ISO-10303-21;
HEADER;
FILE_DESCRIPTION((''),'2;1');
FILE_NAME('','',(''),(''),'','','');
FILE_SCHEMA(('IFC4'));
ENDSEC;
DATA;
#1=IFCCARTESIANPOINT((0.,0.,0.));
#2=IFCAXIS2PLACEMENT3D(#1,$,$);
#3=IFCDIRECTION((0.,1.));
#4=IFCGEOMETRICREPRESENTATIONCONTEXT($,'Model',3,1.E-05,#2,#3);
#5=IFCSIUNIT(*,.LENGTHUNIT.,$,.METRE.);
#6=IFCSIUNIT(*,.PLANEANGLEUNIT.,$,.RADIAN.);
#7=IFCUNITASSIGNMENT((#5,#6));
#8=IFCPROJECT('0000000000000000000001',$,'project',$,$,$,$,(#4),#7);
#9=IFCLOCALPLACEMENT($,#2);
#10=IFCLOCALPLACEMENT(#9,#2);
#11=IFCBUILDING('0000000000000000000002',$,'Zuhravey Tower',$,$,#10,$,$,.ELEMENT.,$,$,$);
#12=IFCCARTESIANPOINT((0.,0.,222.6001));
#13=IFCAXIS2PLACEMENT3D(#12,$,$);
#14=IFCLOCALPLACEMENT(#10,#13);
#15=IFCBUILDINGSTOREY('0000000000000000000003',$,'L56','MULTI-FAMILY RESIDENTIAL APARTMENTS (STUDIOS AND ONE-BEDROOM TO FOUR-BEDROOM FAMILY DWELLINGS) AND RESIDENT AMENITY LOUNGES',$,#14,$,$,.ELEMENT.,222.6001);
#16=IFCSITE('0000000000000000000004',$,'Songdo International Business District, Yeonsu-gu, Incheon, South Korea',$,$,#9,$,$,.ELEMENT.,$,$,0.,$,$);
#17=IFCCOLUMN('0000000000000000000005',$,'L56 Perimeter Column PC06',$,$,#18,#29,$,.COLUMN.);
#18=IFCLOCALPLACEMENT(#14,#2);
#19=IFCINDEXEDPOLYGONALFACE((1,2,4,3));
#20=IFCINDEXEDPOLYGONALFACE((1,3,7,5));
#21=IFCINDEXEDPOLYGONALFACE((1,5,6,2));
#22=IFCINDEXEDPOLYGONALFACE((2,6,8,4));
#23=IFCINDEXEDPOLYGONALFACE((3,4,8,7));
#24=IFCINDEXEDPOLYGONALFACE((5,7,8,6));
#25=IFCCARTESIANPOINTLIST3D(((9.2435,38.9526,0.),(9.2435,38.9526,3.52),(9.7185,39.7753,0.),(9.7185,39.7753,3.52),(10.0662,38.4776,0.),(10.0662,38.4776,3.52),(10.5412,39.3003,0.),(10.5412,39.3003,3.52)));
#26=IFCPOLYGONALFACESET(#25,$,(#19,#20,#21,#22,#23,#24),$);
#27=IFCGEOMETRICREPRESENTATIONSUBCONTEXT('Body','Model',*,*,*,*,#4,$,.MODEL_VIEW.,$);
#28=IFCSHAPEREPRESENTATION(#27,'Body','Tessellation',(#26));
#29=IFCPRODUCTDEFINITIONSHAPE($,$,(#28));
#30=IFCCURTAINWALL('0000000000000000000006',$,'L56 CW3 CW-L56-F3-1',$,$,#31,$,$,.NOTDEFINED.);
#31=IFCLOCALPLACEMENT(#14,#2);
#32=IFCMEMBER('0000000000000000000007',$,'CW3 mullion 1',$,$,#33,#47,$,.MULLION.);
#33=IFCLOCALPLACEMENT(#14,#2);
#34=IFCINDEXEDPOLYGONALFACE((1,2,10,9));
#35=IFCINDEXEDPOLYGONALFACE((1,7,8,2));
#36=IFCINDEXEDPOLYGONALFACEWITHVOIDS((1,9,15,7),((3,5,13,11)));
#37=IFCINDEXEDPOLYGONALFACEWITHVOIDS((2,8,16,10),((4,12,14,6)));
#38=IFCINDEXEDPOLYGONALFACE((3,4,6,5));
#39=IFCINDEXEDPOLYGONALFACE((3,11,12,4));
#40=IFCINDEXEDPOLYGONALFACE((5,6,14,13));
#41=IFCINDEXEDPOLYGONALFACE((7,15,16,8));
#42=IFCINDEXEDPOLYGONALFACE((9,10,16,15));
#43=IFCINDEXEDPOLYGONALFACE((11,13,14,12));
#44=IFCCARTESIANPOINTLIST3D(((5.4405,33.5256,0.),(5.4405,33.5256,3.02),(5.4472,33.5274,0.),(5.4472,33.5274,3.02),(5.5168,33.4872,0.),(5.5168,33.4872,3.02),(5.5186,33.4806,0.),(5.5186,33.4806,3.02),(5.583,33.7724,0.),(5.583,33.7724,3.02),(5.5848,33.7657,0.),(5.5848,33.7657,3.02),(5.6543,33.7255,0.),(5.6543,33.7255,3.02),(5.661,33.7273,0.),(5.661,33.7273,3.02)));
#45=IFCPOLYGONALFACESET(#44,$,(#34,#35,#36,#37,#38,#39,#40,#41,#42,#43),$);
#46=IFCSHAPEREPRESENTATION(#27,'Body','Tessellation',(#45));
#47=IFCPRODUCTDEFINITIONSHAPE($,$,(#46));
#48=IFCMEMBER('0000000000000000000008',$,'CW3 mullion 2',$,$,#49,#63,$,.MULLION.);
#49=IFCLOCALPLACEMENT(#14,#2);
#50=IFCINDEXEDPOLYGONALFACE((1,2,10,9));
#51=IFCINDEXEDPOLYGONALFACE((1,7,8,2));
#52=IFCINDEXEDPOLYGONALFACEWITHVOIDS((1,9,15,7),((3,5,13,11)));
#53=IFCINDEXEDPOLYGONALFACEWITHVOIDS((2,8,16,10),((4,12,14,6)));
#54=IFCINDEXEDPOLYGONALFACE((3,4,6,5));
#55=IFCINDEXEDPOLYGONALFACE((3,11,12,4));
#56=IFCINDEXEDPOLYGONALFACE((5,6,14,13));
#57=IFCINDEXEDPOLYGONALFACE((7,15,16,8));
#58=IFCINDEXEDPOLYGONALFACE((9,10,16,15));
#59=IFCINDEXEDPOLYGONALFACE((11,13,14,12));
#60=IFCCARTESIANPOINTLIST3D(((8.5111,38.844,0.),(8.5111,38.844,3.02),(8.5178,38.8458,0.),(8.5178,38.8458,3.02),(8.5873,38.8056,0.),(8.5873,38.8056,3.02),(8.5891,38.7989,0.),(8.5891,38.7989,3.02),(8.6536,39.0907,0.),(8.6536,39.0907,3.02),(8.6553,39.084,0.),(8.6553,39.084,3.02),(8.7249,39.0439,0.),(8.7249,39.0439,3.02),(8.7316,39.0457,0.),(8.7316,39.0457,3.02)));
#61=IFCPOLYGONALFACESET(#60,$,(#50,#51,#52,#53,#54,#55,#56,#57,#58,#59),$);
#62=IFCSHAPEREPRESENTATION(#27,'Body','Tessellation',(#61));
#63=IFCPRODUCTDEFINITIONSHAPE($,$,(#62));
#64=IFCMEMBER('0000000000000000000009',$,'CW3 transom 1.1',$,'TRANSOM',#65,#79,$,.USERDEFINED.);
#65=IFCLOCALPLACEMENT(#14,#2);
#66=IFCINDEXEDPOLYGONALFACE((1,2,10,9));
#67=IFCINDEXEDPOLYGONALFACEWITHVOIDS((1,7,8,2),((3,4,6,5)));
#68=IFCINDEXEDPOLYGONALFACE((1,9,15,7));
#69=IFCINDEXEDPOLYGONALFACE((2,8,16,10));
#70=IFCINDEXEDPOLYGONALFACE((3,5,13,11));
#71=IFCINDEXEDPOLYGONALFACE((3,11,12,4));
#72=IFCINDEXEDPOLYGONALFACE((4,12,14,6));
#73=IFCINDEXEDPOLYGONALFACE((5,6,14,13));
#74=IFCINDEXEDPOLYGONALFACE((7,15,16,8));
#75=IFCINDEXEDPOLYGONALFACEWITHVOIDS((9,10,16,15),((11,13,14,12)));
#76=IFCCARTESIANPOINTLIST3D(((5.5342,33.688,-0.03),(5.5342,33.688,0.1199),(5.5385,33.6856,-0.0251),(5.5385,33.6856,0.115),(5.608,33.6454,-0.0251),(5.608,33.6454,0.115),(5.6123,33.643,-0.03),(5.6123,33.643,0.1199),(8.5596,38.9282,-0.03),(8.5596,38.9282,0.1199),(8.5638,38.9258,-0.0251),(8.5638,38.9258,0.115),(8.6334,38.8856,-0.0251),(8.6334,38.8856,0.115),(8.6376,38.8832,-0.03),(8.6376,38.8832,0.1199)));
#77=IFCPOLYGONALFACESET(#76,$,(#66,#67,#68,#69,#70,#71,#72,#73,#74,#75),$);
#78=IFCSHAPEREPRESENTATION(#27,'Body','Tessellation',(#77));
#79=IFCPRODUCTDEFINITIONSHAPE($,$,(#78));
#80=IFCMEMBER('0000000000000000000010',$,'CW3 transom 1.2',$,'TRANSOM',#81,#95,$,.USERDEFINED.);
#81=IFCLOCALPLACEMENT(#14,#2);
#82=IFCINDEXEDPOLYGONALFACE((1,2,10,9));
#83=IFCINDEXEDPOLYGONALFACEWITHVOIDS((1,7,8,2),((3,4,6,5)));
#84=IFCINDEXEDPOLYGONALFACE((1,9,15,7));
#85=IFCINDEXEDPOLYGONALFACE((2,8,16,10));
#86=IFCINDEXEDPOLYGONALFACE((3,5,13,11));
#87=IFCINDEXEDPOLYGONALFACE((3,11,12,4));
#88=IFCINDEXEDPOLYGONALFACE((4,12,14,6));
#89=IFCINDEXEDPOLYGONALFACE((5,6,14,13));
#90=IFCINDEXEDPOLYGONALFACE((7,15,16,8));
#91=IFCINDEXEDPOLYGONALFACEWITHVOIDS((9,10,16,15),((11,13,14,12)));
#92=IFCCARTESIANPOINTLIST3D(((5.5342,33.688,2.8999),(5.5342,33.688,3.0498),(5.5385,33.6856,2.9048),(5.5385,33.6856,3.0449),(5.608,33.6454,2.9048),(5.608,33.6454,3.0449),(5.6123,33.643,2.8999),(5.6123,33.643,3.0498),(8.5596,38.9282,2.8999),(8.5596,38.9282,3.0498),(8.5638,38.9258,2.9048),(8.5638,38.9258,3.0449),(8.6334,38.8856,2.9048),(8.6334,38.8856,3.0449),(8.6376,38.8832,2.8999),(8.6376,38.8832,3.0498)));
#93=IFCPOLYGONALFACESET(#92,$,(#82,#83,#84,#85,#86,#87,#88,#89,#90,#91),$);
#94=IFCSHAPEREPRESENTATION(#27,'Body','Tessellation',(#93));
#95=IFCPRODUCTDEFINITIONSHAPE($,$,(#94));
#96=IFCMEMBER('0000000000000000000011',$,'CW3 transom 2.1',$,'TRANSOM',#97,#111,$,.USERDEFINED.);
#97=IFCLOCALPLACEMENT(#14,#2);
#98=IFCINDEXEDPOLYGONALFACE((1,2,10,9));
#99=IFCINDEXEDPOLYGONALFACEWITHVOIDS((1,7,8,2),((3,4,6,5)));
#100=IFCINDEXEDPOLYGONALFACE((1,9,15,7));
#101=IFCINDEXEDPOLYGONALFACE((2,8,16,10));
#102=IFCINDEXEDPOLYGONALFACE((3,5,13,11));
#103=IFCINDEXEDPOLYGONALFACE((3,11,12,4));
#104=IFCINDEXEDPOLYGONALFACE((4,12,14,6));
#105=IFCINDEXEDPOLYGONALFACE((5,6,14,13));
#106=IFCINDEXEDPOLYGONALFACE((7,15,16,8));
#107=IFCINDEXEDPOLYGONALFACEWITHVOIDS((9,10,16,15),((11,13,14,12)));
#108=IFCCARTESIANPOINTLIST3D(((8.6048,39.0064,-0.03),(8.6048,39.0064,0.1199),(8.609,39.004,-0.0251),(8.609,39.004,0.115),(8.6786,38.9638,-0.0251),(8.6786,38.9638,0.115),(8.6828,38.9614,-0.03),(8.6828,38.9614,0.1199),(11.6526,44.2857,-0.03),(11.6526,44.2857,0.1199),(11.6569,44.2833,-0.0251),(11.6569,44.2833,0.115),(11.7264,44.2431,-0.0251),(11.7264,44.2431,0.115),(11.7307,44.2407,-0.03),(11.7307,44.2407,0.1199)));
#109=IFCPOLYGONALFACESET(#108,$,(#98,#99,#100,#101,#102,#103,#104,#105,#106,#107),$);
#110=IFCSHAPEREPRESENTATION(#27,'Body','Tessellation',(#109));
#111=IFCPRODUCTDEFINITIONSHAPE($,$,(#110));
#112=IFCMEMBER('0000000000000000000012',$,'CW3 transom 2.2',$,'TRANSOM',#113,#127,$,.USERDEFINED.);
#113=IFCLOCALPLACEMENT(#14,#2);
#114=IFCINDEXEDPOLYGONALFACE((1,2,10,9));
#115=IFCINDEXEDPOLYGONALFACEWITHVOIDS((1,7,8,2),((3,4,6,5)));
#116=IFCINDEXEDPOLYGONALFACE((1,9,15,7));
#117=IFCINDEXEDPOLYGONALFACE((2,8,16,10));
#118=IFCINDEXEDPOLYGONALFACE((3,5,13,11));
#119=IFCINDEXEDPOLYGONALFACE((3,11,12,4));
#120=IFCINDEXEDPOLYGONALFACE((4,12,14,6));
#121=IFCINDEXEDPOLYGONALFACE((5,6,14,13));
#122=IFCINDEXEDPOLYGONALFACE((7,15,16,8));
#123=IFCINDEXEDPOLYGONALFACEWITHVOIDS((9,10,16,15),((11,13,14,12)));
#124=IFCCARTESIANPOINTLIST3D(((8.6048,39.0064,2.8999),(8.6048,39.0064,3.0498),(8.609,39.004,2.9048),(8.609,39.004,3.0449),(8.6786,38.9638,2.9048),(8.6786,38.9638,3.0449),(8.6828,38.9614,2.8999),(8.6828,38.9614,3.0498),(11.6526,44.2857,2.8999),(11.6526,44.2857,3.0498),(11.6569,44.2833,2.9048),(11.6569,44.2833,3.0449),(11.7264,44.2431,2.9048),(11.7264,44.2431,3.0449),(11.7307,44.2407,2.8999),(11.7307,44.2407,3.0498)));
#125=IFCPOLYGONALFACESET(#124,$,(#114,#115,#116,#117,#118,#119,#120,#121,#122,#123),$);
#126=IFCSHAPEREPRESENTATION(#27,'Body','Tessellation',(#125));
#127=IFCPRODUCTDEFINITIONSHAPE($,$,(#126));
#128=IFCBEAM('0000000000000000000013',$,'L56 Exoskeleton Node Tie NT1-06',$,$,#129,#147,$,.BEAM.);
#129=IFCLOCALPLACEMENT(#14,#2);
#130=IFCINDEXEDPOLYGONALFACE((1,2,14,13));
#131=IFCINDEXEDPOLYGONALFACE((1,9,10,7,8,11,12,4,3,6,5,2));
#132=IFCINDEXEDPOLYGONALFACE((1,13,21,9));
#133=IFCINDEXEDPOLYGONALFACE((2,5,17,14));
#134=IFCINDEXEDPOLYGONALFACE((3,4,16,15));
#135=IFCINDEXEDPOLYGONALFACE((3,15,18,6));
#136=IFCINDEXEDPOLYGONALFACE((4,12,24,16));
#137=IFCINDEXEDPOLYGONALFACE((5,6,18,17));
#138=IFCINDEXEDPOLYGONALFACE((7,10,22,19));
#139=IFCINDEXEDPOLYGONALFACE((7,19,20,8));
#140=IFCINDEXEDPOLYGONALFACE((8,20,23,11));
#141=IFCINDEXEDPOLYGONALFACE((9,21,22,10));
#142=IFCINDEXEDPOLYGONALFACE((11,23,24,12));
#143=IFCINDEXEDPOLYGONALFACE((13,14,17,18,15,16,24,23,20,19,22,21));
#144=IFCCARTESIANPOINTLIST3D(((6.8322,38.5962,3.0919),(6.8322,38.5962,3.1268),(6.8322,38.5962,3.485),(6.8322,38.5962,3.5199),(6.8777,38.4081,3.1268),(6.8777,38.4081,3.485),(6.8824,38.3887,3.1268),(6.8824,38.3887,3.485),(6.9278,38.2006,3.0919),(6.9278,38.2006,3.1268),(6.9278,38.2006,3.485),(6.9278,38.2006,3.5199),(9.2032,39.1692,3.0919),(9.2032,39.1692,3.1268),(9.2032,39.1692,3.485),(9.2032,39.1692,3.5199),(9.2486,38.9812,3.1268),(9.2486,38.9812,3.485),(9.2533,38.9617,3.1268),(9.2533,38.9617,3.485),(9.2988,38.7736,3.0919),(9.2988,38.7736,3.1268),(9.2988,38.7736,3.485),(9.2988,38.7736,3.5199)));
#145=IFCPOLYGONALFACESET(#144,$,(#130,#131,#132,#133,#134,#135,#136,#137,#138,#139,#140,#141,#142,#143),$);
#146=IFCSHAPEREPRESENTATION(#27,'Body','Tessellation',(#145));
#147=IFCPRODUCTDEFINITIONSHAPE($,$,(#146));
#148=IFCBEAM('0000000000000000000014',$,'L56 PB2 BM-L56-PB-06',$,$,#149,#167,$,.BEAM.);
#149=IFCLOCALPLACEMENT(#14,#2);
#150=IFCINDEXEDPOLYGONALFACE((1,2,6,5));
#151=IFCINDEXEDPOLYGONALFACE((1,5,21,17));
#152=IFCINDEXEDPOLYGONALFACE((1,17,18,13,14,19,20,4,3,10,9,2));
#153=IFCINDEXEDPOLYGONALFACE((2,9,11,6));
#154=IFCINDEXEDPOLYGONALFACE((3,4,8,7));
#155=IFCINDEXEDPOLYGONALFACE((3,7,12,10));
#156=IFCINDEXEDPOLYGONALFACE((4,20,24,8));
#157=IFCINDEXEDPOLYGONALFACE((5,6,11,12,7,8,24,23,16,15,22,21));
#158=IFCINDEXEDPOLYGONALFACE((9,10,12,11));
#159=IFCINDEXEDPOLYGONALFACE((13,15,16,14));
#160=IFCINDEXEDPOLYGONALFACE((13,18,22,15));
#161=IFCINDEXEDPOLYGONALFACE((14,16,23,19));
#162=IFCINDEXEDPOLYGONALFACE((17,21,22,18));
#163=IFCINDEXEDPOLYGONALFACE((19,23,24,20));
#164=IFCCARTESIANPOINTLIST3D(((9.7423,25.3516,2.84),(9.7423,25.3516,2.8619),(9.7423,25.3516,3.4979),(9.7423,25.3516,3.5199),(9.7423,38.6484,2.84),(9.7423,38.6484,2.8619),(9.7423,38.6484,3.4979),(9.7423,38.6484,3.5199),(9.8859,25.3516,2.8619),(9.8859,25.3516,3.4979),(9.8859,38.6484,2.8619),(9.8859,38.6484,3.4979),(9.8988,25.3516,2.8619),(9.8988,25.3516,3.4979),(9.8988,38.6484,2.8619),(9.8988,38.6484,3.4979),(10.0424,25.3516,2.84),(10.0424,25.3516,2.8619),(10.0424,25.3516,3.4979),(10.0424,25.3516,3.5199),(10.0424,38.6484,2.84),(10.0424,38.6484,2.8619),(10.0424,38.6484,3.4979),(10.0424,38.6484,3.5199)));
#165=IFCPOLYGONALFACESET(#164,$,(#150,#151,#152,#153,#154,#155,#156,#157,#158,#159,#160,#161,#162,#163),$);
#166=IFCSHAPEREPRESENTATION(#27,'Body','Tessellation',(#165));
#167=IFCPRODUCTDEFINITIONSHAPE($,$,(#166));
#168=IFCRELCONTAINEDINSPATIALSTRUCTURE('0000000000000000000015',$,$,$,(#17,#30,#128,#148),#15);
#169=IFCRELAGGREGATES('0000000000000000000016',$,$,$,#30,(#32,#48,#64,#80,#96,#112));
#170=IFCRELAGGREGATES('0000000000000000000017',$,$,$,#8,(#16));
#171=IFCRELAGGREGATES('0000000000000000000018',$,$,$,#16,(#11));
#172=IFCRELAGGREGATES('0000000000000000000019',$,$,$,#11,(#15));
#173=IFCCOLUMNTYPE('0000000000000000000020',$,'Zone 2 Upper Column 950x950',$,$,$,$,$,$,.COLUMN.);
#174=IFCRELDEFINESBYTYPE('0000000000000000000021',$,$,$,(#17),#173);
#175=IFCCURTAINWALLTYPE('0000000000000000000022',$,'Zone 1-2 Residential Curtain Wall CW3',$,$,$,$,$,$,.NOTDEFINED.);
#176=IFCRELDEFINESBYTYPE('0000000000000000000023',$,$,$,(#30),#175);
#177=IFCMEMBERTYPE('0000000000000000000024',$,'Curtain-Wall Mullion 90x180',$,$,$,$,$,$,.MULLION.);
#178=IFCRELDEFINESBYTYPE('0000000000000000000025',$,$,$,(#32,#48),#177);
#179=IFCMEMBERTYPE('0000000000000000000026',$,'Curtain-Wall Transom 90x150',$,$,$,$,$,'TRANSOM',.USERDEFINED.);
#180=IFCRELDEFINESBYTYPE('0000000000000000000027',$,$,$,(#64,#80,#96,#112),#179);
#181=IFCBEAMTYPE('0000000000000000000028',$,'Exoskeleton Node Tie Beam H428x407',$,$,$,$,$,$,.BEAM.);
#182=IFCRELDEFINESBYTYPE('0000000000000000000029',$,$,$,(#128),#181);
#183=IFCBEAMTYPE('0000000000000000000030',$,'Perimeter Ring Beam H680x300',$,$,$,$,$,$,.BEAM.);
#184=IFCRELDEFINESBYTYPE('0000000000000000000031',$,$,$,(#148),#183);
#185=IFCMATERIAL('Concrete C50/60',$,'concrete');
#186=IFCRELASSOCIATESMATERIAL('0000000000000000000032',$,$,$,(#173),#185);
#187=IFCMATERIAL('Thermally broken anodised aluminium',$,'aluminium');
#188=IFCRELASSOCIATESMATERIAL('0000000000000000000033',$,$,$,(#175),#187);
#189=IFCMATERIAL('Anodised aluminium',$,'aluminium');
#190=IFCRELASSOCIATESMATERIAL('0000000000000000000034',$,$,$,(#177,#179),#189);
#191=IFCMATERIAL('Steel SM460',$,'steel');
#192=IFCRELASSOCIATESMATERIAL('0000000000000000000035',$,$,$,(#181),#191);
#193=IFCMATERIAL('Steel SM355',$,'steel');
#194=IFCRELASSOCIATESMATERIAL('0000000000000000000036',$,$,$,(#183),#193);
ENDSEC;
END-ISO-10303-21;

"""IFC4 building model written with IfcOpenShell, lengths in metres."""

from ifc_helpers import new_model, si_unit, direction, frame, origin, origin_2d, place, context, subcontext, project, spatial, rectangle, hollow_rectangle, i_section, extrude, material, material_profile, profile_set, type_object, element, aggregate, save


model = new_model("IFC4")

# Units and contexts
model_context = context("Model", 3, precision=1e-05, world=origin(), true_north=direction((0.0, 1.0)))
body_context = subcontext(model_context, "Body", "Model", "MODEL_VIEW")
ifc_project = project(units=[si_unit("LENGTHUNIT", "METRE"), si_unit("PLANEANGLEUNIT", "RADIAN")], contexts=[model_context])

# Site, building, storey
site_placement = place(None, origin())
site = spatial("IfcSite", under=ifc_project, at=site_placement, Name="Songdo International Business District, Yeonsu-gu, Incheon, South Korea", CompositionType="ELEMENT", RefElevation=0.0)
building_placement = place(site_placement, origin())
building = spatial("IfcBuilding", under=site, at=building_placement, Name="Zuhravey Tower", CompositionType="ELEMENT")
storey_placement = place(building_placement, frame((0.0, 0.0, 222.6001)))
storey = spatial("IfcBuildingStorey", under=building, at=storey_placement, Name="L56", Description="MULTI-FAMILY RESIDENTIAL APARTMENTS (STUDIOS AND ONE-BEDROOM TO FOUR-BEDROOM FAMILY DWELLINGS) AND RESIDENT AMENITY LOUNGES", CompositionType="ELEMENT", Elevation=222.6001)

# Column
ifc_material_1 = material(Name="Concrete C50/60", Category="concrete")
ifc_material_profile_1 = material_profile(ifc_material_1, rectangle(XDim=0.95, YDim=0.95, at=origin_2d()), Name="RC-950x950")
ifc_profile_set_1 = profile_set([ifc_material_profile_1], Name="Concrete C50/60")
column_type = type_object("IfcColumnType", Name="Zone 2 Upper Column 950x950", PredefinedType="COLUMN", material=ifc_profile_set_1)
column_placement = place(storey_placement, frame((9.8923, 39.1265, 0.0), z_axis=(0.0, 0.0, 1.0), x_axis=(-0.5, -0.866025, 0.0)))
element("IfcColumn", 1, at=column_placement, inside=storey, type_object=column_type, Name="L56 Perimeter Column PC06", PredefinedType="COLUMN", context=body_context, shape_type="SweptSolid", body=[
    extrude(rectangle(XDim=0.95, YDim=0.95, at=origin_2d()), origin(), (0.0, 0.0, 1.0), 3.52),
])

# Curtain wall, members
ifc_material_2 = material(Name="Thermally broken anodised aluminium", Category="aluminium")
curtain_wall_type = type_object("IfcCurtainWallType", Name="Zone 1-2 Residential Curtain Wall CW3", PredefinedType="NOTDEFINED", material=ifc_material_2)
curtain_wall_placement = place(storey_placement, origin())
curtain_wall = element("IfcCurtainWall", 2, at=curtain_wall_placement, inside=storey, type_object=curtain_wall_type, Name="L56 CW3 CW-L56-F3-1", PredefinedType="NOTDEFINED")
ifc_material_3 = material(Name="Anodised aluminium", Category="aluminium")
ifc_material_profile_2 = material_profile(ifc_material_3, hollow_rectangle(XDim=0.0901, YDim=0.2849, WallThickness=0.0049, at=origin_2d()), Name="ALU-RHS-90x285x5")
ifc_profile_set_2 = profile_set([ifc_material_profile_2], Name="Anodised aluminium")
member_type_1 = type_object("IfcMemberType", Name="Curtain-Wall Mullion 90x180", PredefinedType="MULLION", material=ifc_profile_set_2)
member_1_placement = place(storey_placement, frame((5.5508, 33.6265, 0.0), z_axis=(0.0, 0.0, 1.0), x_axis=(-0.866026, 0.499999, 0.0)))
member_1 = element("IfcMember", 3, at=member_1_placement, type_object=member_type_1, Name="CW3 mullion 1", PredefinedType="MULLION", context=body_context, shape_type="SweptSolid", body=[
    extrude(hollow_rectangle(XDim=0.0901, YDim=0.2849, WallThickness=0.0049, at=origin_2d()), origin(), (0.0, 0.0, 1.0), 3.02),
])
member_2_placement = place(storey_placement, frame((8.6213, 38.9448, 0.0), z_axis=(0.0, 0.0, 1.0), x_axis=(-0.866026, 0.499999, 0.0)))
member_2 = element("IfcMember", 4, at=member_2_placement, type_object=member_type_1, Name="CW3 mullion 2", PredefinedType="MULLION", context=body_context, shape_type="SweptSolid", body=[
    extrude(hollow_rectangle(XDim=0.0901, YDim=0.2849, WallThickness=0.0049, at=origin_2d()), origin(), (0.0, 0.0, 1.0), 3.02),
])
ifc_material_profile_3 = material_profile(ifc_material_3, hollow_rectangle(XDim=0.0901, YDim=0.1499, WallThickness=0.0049, at=origin_2d()), Name="ALU-RHS-90x150x5")
ifc_profile_set_3 = profile_set([ifc_material_profile_3], Name="Anodised aluminium")
member_type_2 = type_object("IfcMemberType", Name="Curtain-Wall Transom 90x150", ElementType="TRANSOM", PredefinedType="USERDEFINED", material=ifc_profile_set_3)
member_3_placement = place(storey_placement, frame((5.5732, 33.6655, 0.0449), z_axis=(0.499993, 0.86603, 0.0), x_axis=(-0.86603, 0.499993, 0.0)))
member_3 = element("IfcMember", 5, at=member_3_placement, type_object=member_type_2, Name="CW3 transom 1.1", ObjectType="TRANSOM", PredefinedType="USERDEFINED", context=body_context, shape_type="SweptSolid", body=[
    extrude(hollow_rectangle(XDim=0.0901, YDim=0.1499, WallThickness=0.0049, at=origin_2d()), origin(), (0.0, 0.0, 1.0), 6.0508),
])
member_4_placement = place(storey_placement, frame((5.5732, 33.6655, 2.9749), z_axis=(0.499993, 0.86603, 0.0), x_axis=(-0.86603, 0.499993, 0.0)))
member_4 = element("IfcMember", 6, at=member_4_placement, type_object=member_type_2, Name="CW3 transom 1.2", ObjectType="TRANSOM", PredefinedType="USERDEFINED", context=body_context, shape_type="SweptSolid", body=[
    extrude(hollow_rectangle(XDim=0.0901, YDim=0.1499, WallThickness=0.0049, at=origin_2d()), origin(), (0.0, 0.0, 1.0), 6.0508),
])
member_5_placement = place(storey_placement, frame((8.6438, 38.9839, 0.0449), z_axis=(0.499981, 0.866036, 0.0), x_axis=(-0.866036, 0.499981, 0.0)))
member_5 = element("IfcMember", 7, at=member_5_placement, type_object=member_type_2, Name="CW3 transom 2.1", ObjectType="TRANSOM", PredefinedType="USERDEFINED", context=body_context, shape_type="SweptSolid", body=[
    extrude(hollow_rectangle(XDim=0.0901, YDim=0.1499, WallThickness=0.0049, at=origin_2d()), origin(), (0.0, 0.0, 1.0), 6.0959),
])
member_6_placement = place(storey_placement, frame((8.6438, 38.9839, 2.9749), z_axis=(0.499981, 0.866036, 0.0), x_axis=(-0.866036, 0.499981, 0.0)))
member_6 = element("IfcMember", 8, at=member_6_placement, type_object=member_type_2, Name="CW3 transom 2.2", ObjectType="TRANSOM", PredefinedType="USERDEFINED", context=body_context, shape_type="SweptSolid", body=[
    extrude(hollow_rectangle(XDim=0.0901, YDim=0.1499, WallThickness=0.0049, at=origin_2d()), origin(), (0.0, 0.0, 1.0), 6.0959),
])

# Beams
ifc_material_4 = material(Name="Steel SM460", Category="steel")
ifc_material_profile_4 = material_profile(ifc_material_4, i_section(OverallWidth=0.407, OverallDepth=0.428, WebThickness=0.02, FlangeThickness=0.0349, at=origin_2d()), Name="H-428x407x20x35")
ifc_profile_set_4 = profile_set([ifc_material_profile_4], Name="Steel SM460")
beam_type_1 = type_object("IfcBeamType", Name="Exoskeleton Node Tie Beam H428x407", PredefinedType="BEAM", material=ifc_profile_set_4)
beam_1_placement = place(storey_placement, frame((9.251, 38.9714, 3.3059), z_axis=(-0.972014, -0.234921, 0.0), x_axis=(0.234921, -0.972014, 0.0)))
element("IfcBeam", 9, at=beam_1_placement, inside=storey, type_object=beam_type_1, Name="L56 Exoskeleton Node Tie NT1-06", PredefinedType="BEAM", context=body_context, shape_type="SweptSolid", body=[
    extrude(i_section(OverallWidth=0.407, OverallDepth=0.428, WebThickness=0.02, FlangeThickness=0.0349, at=origin_2d()), origin(), (0.0, 0.0, 1.0), 2.4392),
])
ifc_material_5 = material(Name="Steel SM355", Category="steel")
ifc_material_profile_5 = material_profile(ifc_material_5, i_section(OverallWidth=0.3, OverallDepth=0.6799, WebThickness=0.0129, FlangeThickness=0.022, at=origin_2d()), Name="H-680x300x13x22")
ifc_profile_set_5 = profile_set([ifc_material_profile_5], Name="Steel SM355")
beam_type_2 = type_object("IfcBeamType", Name="Perimeter Ring Beam H680x300", PredefinedType="BEAM", material=ifc_profile_set_5)
beam_2_placement = place(storey_placement, frame((9.8923, 38.6484, 3.1799), z_axis=(0.0, -1.0, 0.0), x_axis=(1.0, 0.0, 0.0)))
element("IfcBeam", 10, at=beam_2_placement, inside=storey, type_object=beam_type_2, Name="L56 PB2 BM-L56-PB-06", PredefinedType="BEAM", context=body_context, shape_type="SweptSolid", body=[
    extrude(i_section(OverallWidth=0.3, OverallDepth=0.6799, WebThickness=0.0129, FlangeThickness=0.022, at=origin_2d()), origin(), (0.0, 0.0, 1.0), 13.2969),
])

aggregate(curtain_wall, [member_1, member_2, member_3, member_4, member_5, member_6])

save(model, "model.ifc")
